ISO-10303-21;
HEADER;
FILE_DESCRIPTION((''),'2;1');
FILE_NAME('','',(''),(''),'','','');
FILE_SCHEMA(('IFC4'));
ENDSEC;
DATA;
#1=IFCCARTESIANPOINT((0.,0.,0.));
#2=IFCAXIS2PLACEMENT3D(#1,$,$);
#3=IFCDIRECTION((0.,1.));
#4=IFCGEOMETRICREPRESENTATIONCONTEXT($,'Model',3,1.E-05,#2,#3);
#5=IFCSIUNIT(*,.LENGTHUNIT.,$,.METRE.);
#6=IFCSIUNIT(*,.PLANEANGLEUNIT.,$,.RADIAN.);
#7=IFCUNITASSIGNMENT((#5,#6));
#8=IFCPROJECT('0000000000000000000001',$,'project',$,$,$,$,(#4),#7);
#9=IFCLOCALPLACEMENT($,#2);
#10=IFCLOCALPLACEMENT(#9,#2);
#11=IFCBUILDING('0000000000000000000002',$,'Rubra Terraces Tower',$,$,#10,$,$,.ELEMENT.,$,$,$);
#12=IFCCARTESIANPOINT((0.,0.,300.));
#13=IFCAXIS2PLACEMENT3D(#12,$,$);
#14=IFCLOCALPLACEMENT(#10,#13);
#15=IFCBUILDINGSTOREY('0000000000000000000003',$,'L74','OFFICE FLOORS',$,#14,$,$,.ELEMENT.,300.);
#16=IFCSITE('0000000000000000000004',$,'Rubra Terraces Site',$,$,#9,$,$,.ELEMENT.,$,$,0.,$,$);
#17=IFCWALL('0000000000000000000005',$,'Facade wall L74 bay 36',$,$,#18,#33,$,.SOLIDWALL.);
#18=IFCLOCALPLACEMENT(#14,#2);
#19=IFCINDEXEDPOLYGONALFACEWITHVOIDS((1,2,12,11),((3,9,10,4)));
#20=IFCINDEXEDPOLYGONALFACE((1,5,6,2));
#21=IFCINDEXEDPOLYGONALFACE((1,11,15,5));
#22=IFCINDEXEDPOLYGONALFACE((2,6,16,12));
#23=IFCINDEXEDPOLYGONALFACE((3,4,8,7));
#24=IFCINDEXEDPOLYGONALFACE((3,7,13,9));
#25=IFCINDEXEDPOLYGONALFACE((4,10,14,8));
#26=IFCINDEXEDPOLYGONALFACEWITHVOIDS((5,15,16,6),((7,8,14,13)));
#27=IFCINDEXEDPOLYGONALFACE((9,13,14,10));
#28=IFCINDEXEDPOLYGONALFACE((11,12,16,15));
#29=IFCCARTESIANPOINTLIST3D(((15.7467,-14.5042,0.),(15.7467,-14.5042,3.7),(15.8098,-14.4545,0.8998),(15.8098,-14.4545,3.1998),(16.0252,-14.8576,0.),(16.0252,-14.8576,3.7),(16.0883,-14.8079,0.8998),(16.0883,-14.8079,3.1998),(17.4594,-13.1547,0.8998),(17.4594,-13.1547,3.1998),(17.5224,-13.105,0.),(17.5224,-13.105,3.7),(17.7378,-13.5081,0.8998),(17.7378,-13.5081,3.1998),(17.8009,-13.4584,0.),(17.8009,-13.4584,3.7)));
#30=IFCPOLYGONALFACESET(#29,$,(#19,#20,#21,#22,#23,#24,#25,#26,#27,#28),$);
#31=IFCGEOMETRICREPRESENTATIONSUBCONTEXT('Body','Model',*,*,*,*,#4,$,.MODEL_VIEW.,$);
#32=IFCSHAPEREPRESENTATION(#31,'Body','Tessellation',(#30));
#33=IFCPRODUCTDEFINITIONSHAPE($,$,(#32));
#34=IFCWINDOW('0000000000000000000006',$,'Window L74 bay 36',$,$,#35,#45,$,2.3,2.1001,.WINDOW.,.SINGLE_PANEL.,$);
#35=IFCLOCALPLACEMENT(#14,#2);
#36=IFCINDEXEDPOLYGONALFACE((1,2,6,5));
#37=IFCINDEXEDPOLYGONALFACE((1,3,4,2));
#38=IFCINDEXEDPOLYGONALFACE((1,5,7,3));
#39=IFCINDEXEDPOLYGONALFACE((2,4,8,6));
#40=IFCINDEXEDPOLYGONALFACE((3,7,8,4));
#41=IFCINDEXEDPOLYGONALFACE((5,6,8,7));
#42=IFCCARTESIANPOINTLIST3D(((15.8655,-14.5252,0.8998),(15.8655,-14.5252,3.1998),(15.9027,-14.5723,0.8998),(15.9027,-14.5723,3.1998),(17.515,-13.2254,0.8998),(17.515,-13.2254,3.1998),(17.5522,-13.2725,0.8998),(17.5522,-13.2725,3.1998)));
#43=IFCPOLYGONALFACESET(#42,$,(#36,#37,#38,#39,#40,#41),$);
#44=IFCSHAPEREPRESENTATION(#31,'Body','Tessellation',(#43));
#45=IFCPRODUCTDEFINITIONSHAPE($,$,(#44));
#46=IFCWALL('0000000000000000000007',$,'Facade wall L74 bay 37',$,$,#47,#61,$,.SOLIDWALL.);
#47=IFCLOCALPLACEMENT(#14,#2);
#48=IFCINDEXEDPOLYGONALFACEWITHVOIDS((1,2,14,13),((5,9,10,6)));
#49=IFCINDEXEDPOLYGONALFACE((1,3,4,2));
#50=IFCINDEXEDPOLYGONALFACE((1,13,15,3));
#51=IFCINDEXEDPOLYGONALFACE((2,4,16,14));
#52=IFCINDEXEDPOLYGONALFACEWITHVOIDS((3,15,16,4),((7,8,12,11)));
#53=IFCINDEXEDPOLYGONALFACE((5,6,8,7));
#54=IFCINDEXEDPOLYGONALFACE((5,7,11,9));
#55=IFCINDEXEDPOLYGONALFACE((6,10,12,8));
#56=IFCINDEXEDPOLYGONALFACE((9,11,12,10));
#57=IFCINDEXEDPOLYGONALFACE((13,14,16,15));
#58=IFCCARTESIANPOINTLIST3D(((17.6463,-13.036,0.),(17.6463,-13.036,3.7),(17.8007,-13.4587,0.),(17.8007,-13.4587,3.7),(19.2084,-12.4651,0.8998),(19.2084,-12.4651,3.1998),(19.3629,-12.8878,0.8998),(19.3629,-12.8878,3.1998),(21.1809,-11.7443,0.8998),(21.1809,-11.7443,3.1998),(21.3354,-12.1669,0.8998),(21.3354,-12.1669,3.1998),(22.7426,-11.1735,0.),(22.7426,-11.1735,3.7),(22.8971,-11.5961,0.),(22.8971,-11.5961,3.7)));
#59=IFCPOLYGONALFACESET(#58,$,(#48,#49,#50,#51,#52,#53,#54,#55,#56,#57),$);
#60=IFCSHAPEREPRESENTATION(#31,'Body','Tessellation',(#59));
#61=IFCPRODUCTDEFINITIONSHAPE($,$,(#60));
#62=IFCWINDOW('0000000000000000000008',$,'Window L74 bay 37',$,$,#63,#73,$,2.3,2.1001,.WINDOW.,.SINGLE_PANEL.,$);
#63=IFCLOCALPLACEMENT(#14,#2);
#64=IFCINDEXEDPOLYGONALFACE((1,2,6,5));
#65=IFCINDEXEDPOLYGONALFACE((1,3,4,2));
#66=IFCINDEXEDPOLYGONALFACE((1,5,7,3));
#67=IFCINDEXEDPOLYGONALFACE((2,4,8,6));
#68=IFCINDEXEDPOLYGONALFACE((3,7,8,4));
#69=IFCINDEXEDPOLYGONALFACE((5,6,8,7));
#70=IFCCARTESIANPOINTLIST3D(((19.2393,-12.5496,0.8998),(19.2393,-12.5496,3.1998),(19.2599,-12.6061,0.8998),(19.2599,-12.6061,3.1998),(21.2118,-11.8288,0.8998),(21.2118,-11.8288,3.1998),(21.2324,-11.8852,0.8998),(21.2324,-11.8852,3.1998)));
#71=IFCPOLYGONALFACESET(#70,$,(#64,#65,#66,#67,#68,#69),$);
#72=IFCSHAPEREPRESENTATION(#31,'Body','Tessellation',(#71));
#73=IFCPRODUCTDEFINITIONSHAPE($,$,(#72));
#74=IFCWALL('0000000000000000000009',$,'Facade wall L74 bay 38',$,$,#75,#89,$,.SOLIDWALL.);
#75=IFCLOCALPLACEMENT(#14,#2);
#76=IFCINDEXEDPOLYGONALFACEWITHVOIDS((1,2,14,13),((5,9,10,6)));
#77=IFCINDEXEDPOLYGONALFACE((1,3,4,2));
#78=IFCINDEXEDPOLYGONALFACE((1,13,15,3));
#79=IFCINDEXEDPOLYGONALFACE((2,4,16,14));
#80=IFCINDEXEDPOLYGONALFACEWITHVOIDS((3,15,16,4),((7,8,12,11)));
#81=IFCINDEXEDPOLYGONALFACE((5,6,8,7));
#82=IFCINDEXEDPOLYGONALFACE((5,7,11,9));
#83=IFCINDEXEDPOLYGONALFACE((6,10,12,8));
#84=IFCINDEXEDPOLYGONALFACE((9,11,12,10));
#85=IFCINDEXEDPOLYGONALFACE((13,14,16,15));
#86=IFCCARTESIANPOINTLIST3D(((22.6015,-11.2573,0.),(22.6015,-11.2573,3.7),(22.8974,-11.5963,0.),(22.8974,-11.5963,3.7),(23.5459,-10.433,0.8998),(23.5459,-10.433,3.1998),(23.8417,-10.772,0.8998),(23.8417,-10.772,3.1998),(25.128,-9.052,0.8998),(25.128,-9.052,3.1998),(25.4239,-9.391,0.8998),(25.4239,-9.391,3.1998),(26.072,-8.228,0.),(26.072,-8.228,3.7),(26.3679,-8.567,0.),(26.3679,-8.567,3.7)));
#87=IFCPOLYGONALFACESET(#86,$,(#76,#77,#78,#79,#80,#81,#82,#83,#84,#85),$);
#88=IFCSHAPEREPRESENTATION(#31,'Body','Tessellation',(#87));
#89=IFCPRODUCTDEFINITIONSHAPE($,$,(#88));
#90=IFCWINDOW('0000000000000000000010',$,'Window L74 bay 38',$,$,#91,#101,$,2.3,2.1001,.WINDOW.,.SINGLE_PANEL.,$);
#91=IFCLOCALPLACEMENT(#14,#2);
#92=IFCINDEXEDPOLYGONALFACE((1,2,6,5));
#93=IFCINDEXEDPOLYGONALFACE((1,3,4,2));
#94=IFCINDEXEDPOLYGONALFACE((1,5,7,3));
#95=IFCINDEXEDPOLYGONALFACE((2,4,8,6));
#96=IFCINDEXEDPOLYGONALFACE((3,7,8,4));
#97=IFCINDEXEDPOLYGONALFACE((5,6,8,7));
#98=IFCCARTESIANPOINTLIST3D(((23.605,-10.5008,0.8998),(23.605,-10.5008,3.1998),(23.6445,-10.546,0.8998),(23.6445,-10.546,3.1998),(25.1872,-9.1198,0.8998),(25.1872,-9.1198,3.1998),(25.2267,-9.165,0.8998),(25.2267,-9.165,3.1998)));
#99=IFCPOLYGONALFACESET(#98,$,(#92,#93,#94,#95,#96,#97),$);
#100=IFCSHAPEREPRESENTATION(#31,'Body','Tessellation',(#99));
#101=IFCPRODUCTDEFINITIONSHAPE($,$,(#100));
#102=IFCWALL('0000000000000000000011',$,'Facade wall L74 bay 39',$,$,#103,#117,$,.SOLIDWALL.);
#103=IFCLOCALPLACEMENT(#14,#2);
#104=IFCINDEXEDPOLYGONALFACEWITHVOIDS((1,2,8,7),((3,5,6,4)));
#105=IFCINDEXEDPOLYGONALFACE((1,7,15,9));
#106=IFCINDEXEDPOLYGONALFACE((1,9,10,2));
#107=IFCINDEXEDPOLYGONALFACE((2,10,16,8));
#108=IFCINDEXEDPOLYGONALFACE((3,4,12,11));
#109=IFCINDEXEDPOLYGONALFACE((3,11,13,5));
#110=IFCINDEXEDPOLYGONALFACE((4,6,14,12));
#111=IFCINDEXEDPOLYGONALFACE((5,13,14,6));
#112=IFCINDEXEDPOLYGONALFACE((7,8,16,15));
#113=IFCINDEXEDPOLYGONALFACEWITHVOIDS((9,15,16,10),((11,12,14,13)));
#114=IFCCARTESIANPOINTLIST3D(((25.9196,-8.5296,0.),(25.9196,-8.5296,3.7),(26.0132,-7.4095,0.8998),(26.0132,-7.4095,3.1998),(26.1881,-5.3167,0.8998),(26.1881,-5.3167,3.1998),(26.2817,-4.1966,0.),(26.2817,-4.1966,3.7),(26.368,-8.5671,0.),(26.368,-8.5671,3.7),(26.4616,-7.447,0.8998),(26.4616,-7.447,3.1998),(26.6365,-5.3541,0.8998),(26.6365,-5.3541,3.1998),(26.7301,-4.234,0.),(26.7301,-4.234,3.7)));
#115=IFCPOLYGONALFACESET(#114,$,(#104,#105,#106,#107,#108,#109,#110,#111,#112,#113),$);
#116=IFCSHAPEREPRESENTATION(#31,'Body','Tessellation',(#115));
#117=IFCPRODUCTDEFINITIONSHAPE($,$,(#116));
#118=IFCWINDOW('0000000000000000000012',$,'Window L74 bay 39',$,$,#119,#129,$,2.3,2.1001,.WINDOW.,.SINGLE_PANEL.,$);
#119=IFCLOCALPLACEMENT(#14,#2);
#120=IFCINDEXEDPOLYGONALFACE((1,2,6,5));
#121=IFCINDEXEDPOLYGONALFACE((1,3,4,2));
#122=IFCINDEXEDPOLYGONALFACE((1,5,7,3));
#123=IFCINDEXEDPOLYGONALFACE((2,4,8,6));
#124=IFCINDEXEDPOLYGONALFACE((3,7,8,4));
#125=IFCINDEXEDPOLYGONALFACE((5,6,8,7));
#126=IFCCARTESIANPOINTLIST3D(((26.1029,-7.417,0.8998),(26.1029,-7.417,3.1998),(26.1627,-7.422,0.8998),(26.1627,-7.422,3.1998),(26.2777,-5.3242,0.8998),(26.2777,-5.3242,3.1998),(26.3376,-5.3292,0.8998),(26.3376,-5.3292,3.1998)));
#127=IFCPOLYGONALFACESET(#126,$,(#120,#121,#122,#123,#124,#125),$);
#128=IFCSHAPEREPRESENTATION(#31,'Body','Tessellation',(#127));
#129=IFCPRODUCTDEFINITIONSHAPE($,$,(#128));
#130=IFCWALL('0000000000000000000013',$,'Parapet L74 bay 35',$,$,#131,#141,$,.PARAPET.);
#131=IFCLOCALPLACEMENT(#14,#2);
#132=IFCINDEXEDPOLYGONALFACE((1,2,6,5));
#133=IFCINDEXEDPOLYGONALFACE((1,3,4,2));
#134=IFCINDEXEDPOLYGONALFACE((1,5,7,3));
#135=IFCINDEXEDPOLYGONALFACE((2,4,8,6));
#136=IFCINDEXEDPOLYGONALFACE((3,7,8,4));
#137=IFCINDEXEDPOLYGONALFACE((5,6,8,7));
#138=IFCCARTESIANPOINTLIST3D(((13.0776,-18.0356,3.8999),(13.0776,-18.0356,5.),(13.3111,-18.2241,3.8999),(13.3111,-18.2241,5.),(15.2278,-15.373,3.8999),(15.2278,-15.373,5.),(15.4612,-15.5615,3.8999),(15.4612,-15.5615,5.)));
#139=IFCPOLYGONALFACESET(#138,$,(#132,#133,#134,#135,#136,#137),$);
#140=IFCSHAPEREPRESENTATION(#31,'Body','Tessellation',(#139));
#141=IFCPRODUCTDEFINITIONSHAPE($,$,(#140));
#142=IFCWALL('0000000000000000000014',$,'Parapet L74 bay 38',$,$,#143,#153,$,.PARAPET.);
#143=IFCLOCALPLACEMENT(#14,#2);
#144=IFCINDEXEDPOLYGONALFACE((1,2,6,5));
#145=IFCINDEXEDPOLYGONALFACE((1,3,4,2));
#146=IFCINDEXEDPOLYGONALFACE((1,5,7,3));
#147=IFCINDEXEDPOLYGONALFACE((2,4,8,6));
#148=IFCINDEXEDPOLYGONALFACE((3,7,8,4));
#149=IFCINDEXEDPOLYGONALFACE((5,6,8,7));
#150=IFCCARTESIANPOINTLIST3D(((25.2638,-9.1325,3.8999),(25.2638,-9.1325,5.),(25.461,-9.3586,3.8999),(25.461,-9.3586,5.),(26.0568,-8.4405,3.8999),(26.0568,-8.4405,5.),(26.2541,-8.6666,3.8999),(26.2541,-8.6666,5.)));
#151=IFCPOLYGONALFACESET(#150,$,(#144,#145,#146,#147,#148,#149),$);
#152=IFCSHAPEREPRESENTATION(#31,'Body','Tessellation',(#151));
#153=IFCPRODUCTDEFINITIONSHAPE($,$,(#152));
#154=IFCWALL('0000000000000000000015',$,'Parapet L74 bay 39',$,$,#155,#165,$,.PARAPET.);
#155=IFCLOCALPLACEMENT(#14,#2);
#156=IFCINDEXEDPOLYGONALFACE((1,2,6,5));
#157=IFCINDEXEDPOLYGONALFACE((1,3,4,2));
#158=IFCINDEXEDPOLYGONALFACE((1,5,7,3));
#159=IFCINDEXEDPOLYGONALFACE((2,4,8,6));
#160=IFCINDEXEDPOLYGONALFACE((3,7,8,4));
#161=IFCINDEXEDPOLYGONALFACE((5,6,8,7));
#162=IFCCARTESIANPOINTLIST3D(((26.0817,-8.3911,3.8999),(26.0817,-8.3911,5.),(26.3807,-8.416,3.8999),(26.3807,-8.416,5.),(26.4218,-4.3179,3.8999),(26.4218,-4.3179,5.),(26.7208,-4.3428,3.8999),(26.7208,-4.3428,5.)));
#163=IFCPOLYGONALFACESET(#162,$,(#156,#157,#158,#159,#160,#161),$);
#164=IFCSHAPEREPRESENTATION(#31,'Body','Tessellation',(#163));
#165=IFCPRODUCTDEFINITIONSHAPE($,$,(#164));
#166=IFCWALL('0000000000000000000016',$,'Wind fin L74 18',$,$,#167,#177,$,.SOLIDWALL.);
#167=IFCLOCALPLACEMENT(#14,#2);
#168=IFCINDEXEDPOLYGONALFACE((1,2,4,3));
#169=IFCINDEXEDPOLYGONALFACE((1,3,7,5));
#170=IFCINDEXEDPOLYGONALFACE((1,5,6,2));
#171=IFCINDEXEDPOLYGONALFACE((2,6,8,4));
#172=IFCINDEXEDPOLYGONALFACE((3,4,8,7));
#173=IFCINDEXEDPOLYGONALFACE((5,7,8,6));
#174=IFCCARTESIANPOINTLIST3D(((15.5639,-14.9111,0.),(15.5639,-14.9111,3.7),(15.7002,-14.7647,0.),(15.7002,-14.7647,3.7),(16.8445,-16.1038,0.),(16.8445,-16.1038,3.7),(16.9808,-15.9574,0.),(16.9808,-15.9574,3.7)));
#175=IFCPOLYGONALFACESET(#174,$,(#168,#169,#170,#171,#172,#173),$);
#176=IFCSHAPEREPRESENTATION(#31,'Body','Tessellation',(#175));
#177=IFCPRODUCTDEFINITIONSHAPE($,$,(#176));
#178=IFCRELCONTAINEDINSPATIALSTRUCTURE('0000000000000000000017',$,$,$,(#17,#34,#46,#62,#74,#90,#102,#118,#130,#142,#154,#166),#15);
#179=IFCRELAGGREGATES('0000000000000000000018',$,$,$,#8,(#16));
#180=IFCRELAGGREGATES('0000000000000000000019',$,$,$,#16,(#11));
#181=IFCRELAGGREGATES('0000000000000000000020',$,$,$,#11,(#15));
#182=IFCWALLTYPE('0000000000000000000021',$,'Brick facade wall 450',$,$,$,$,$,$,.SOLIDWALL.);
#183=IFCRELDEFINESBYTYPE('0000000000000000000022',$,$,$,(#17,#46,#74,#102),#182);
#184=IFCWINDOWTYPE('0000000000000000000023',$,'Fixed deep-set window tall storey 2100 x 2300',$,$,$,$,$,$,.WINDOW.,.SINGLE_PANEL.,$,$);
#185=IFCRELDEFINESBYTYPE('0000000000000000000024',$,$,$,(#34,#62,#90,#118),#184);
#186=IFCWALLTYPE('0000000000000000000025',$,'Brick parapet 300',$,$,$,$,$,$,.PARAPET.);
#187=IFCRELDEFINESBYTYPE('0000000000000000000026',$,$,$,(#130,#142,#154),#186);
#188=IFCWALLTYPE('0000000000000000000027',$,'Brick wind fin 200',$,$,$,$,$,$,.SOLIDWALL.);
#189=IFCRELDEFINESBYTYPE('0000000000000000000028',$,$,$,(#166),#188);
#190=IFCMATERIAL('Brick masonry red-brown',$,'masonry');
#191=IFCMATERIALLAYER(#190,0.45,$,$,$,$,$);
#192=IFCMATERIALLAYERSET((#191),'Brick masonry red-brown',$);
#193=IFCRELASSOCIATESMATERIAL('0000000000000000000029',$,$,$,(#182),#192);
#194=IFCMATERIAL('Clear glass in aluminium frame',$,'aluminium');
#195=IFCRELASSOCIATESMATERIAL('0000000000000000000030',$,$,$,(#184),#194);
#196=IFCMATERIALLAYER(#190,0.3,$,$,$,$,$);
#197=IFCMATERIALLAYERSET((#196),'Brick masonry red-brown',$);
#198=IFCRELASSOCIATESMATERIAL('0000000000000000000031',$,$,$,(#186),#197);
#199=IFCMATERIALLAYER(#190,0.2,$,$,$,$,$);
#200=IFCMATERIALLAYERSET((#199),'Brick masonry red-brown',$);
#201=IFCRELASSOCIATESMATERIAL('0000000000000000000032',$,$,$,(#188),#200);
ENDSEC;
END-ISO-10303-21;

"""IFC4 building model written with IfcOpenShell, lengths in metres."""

from ifc_helpers import new_model, si_unit, direction, frame, frame_2d, origin, place, context, subcontext, project, spatial, rectangle, extrude, material, layer, layer_set, type_object, element, fill, save


model = new_model("IFC4")

# Units and contexts
model_context = context("Model", 3, precision=1e-05, world=origin(), true_north=direction((0.0, 1.0)))
body_context = subcontext(model_context, "Body", "Model", "MODEL_VIEW")
ifc_project = project(units=[si_unit("LENGTHUNIT", "METRE"), si_unit("PLANEANGLEUNIT", "RADIAN")], contexts=[model_context])

# Site, building, storey
site_placement = place(None, origin())
site = spatial("IfcSite", under=ifc_project, at=site_placement, Name="Rubra Terraces Site", CompositionType="ELEMENT", RefElevation=0.0)
building_placement = place(site_placement, origin())
building = spatial("IfcBuilding", under=site, at=building_placement, Name="Rubra Terraces Tower", CompositionType="ELEMENT")
storey_placement = place(building_placement, frame((0.0, 0.0, 300.0)))
storey = spatial("IfcBuildingStorey", under=building, at=storey_placement, Name="L74", Description="OFFICE FLOORS", CompositionType="ELEMENT", Elevation=300.0)

# Walls, openings, windows
ifc_material_1 = material(Name="Brick masonry red-brown", Category="masonry")
ifc_layer_1 = layer(ifc_material_1, 0.45)
ifc_layer_set_1 = layer_set([ifc_layer_1], Name="Brick masonry red-brown")
wall_type_1 = type_object("IfcWallType", Name="Brick facade wall 450", PredefinedType="SOLIDWALL", material=ifc_layer_set_1)
wall_1_placement = place(storey_placement, frame((15.886, -14.6809, 0.0), z_axis=(0.0, 0.0, 1.0), x_axis=(0.785452, 0.618923, 0.0)))
wall_1 = element("IfcWall", 1, at=wall_1_placement, inside=storey, type_object=wall_type_1, Name="Facade wall L74 bay 36", PredefinedType="SOLIDWALL", context=body_context, shape_type="SweptSolid", body=[
    extrude(rectangle(XDim=2.2607, YDim=0.45, at=frame_2d((1.1304, 0.0))), origin(), (0.0, 0.0, 1.0), 3.7),
])
opening_1_placement = place(wall_1_placement, frame((0.0803, 0.0, 0.8999)))
opening_1 = element("IfcOpeningElement", 2, at=opening_1_placement, cuts=wall_1, PredefinedType="OPENING", context=body_context, shape_type="SweptSolid", body=[
    extrude(rectangle(XDim=2.1001, YDim=2.3, at=frame_2d((1.05, 1.1499))), frame((0.0, 0.2349, 0.0), z_axis=(0.0, -1.0, 0.0), x_axis=(1.0, 0.0, 0.0)), (0.0, 0.0, 1.0), 0.47),
])
ifc_material_2 = material(Name="Clear glass in aluminium frame", Category="aluminium")
window_type = type_object("IfcWindowType", Name="Fixed deep-set window tall storey 2100 x 2300", PartitioningType="SINGLE_PANEL", PredefinedType="WINDOW", material=ifc_material_2)
window_1_placement = place(opening_1_placement, origin())
window_1 = element("IfcWindow", 3, at=window_1_placement, inside=storey, type_object=window_type, Name="Window L74 bay 36", OverallHeight=2.3, OverallWidth=2.1001, PartitioningType="SINGLE_PANEL", PredefinedType="WINDOW", context=body_context, shape_type="SweptSolid", body=[
    extrude(rectangle(XDim=2.1001, YDim=2.3, at=frame_2d((1.05, 1.1499))), frame((0.0, 0.135, 0.0), z_axis=(0.0, -1.0, 0.0), x_axis=(1.0, 0.0, 0.0)), (0.0, 0.0, 1.0), 0.0601),
])
fill(opening_1, window_1)
wall_2_placement = place(storey_placement, frame((17.7236, -13.2473, 0.0), z_axis=(0.0, 0.0, 1.0), x_axis=(0.939242, 0.343256, 0.0)))
wall_2 = element("IfcWall", 4, at=wall_2_placement, inside=storey, type_object=wall_type_1, Name="Facade wall L74 bay 37", PredefinedType="SOLIDWALL", context=body_context, shape_type="SweptSolid", body=[
    extrude(rectangle(XDim=5.426, YDim=0.45, at=frame_2d((2.7129, 0.0))), origin(), (0.0, 0.0, 1.0), 3.7),
])
opening_2_placement = place(wall_2_placement, frame((1.6631, 0.0, 0.8999)))
opening_2 = element("IfcOpeningElement", 5, at=opening_2_placement, cuts=wall_2, PredefinedType="OPENING", context=body_context, shape_type="SweptSolid", body=[
    extrude(rectangle(XDim=2.1001, YDim=2.3, at=frame_2d((1.05, 1.1499))), frame((0.0, 0.2349, 0.0), z_axis=(0.0, -1.0, 0.0), x_axis=(1.0, 0.0, 0.0)), (0.0, 0.0, 1.0), 0.47),
])
window_2_placement = place(opening_2_placement, origin())
window_2 = element("IfcWindow", 6, at=window_2_placement, inside=storey, type_object=window_type, Name="Window L74 bay 37", OverallHeight=2.3, OverallWidth=2.1001, PartitioningType="SINGLE_PANEL", PredefinedType="WINDOW", context=body_context, shape_type="SweptSolid", body=[
    extrude(rectangle(XDim=2.1001, YDim=2.3, at=frame_2d((1.05, 1.1499))), frame((0.0, 0.135, 0.0), z_axis=(0.0, -1.0, 0.0), x_axis=(1.0, 0.0, 0.0)), (0.0, 0.0, 1.0), 0.0601),
])
fill(opening_2, window_2)
wall_3_placement = place(storey_placement, frame((22.7495, -11.4268, 0.0), z_axis=(0.0, 0.0, 1.0), x_axis=(0.753367, 0.6576, 0.0)))
wall_3 = element("IfcWall", 7, at=wall_3_placement, inside=storey, type_object=wall_type_1, Name="Facade wall L74 bay 38", PredefinedType="SOLIDWALL", context=body_context, shape_type="SweptSolid", body=[
    extrude(rectangle(XDim=4.6067, YDim=0.45, at=frame_2d((2.3032, 0.0))), origin(), (0.0, 0.0, 1.0), 3.7),
])
opening_3_placement = place(wall_3_placement, frame((1.2534, 0.0, 0.8999)))
opening_3 = element("IfcOpeningElement", 8, at=opening_3_placement, cuts=wall_3, PredefinedType="OPENING", context=body_context, shape_type="SweptSolid", body=[
    extrude(rectangle(XDim=2.1001, YDim=2.3, at=frame_2d((1.05, 1.1499))), frame((0.0, 0.2349, 0.0), z_axis=(0.0, -1.0, 0.0), x_axis=(1.0, 0.0, 0.0)), (0.0, 0.0, 1.0), 0.47),
])
window_3_placement = place(opening_3_placement, origin())
window_3 = element("IfcWindow", 9, at=window_3_placement, inside=storey, type_object=window_type, Name="Window L74 bay 38", OverallHeight=2.3, OverallWidth=2.1001, PartitioningType="SINGLE_PANEL", PredefinedType="WINDOW", context=body_context, shape_type="SweptSolid", body=[
    extrude(rectangle(XDim=2.1001, YDim=2.3, at=frame_2d((1.05, 1.1499))), frame((0.0, 0.135, 0.0), z_axis=(0.0, -1.0, 0.0), x_axis=(1.0, 0.0, 0.0)), (0.0, 0.0, 1.0), 0.0601),
])
fill(opening_3, window_3)
wall_4_placement = place(storey_placement, frame((26.1438, -8.5483, 0.0), z_axis=(0.0, 0.0, 1.0), x_axis=(0.083269, 0.996527, 0.0)))
wall_4 = element("IfcWall", 10, at=wall_4_placement, inside=storey, type_object=wall_type_1, Name="Facade wall L74 bay 39", PredefinedType="SOLIDWALL", context=body_context, shape_type="SweptSolid", body=[
    extrude(rectangle(XDim=4.3481, YDim=0.45, at=frame_2d((2.1741, 0.0))), origin(), (0.0, 0.0, 1.0), 3.7),
])
opening_4_placement = place(wall_4_placement, frame((1.124, 0.0, 0.8999)))
opening_4 = element("IfcOpeningElement", 11, at=opening_4_placement, cuts=wall_4, PredefinedType="OPENING", context=body_context, shape_type="SweptSolid", body=[
    extrude(rectangle(XDim=2.1001, YDim=2.3, at=frame_2d((1.05, 1.1499))), frame((0.0, 0.2349, 0.0), z_axis=(0.0, -1.0, 0.0), x_axis=(1.0, 0.0, 0.0)), (0.0, 0.0, 1.0), 0.47),
])
window_4_placement = place(opening_4_placement, origin())
window_4 = element("IfcWindow", 12, at=window_4_placement, inside=storey, type_object=window_type, Name="Window L74 bay 39", OverallHeight=2.3, OverallWidth=2.1001, PartitioningType="SINGLE_PANEL", PredefinedType="WINDOW", context=body_context, shape_type="SweptSolid", body=[
    extrude(rectangle(XDim=2.1001, YDim=2.3, at=frame_2d((1.05, 1.1499))), frame((0.0, 0.135, 0.0), z_axis=(0.0, -1.0, 0.0), x_axis=(1.0, 0.0, 0.0)), (0.0, 0.0, 1.0), 0.0601),
])
fill(opening_4, window_4)

# Walls
ifc_layer_2 = layer(ifc_material_1, 0.3)
ifc_layer_set_2 = layer_set([ifc_layer_2], Name="Brick masonry red-brown")
wall_type_2 = type_object("IfcWallType", Name="Brick parapet 300", PredefinedType="PARAPET", material=ifc_layer_set_2)
wall_5_placement = place(storey_placement, frame((13.1943, -18.1299, 3.8999), z_axis=(0.0, 0.0, 1.0), x_axis=(0.628264, 0.778, 0.0)))
element("IfcWall", 13, at=wall_5_placement, inside=storey, type_object=wall_type_2, Name="Parapet L74 bay 35", PredefinedType="PARAPET", context=body_context, shape_type="SweptSolid", body=[
    extrude(rectangle(XDim=3.4224, YDim=0.3, at=frame_2d((1.7112, 0.0))), origin(), (0.0, 0.0, 1.0), 1.1001),
])
wall_6_placement = place(storey_placement, frame((25.3623, -9.2456, 3.8999), z_axis=(0.0, 0.0, 1.0), x_axis=(0.753496, 0.657453, 0.0)))
element("IfcWall", 14, at=wall_6_placement, inside=storey, type_object=wall_type_2, Name="Parapet L74 bay 38", PredefinedType="PARAPET", context=body_context, shape_type="SweptSolid", body=[
    extrude(rectangle(XDim=1.0525, YDim=0.3, at=frame_2d((0.5264, 0.0))), origin(), (0.0, 0.0, 1.0), 1.1001),
])
wall_7_placement = place(storey_placement, frame((26.2312, -8.4036, 3.8999), z_axis=(0.0, 0.0, 1.0), x_axis=(0.083204, 0.996533, 0.0)))
element("IfcWall", 15, at=wall_7_placement, inside=storey, type_object=wall_type_2, Name="Parapet L74 bay 39", PredefinedType="PARAPET", context=body_context, shape_type="SweptSolid", body=[
    extrude(rectangle(XDim=4.0874, YDim=0.3, at=frame_2d((2.0437, 0.0))), origin(), (0.0, 0.0, 1.0), 1.1001),
])
ifc_layer_3 = layer(ifc_material_1, 0.2)
ifc_layer_set_3 = layer_set([ifc_layer_3], Name="Brick masonry red-brown")
wall_type_3 = type_object("IfcWallType", Name="Brick wind fin 200", PredefinedType="SOLIDWALL", material=ifc_layer_set_3)
wall_8_placement = place(storey_placement, frame((15.6321, -14.8379, 0.0), z_axis=(0.0, 0.0, 1.0), x_axis=(0.731774, -0.681547, 0.0)))
element("IfcWall", 16, at=wall_8_placement, inside=storey, type_object=wall_type_3, Name="Wind fin L74 18", PredefinedType="SOLIDWALL", context=body_context, shape_type="SweptSolid", body=[
    extrude(rectangle(XDim=1.75, YDim=0.2, at=frame_2d((0.875, 0.0))), origin(), (0.0, 0.0, 1.0), 3.7),
])

save(model, "model.ifc")
